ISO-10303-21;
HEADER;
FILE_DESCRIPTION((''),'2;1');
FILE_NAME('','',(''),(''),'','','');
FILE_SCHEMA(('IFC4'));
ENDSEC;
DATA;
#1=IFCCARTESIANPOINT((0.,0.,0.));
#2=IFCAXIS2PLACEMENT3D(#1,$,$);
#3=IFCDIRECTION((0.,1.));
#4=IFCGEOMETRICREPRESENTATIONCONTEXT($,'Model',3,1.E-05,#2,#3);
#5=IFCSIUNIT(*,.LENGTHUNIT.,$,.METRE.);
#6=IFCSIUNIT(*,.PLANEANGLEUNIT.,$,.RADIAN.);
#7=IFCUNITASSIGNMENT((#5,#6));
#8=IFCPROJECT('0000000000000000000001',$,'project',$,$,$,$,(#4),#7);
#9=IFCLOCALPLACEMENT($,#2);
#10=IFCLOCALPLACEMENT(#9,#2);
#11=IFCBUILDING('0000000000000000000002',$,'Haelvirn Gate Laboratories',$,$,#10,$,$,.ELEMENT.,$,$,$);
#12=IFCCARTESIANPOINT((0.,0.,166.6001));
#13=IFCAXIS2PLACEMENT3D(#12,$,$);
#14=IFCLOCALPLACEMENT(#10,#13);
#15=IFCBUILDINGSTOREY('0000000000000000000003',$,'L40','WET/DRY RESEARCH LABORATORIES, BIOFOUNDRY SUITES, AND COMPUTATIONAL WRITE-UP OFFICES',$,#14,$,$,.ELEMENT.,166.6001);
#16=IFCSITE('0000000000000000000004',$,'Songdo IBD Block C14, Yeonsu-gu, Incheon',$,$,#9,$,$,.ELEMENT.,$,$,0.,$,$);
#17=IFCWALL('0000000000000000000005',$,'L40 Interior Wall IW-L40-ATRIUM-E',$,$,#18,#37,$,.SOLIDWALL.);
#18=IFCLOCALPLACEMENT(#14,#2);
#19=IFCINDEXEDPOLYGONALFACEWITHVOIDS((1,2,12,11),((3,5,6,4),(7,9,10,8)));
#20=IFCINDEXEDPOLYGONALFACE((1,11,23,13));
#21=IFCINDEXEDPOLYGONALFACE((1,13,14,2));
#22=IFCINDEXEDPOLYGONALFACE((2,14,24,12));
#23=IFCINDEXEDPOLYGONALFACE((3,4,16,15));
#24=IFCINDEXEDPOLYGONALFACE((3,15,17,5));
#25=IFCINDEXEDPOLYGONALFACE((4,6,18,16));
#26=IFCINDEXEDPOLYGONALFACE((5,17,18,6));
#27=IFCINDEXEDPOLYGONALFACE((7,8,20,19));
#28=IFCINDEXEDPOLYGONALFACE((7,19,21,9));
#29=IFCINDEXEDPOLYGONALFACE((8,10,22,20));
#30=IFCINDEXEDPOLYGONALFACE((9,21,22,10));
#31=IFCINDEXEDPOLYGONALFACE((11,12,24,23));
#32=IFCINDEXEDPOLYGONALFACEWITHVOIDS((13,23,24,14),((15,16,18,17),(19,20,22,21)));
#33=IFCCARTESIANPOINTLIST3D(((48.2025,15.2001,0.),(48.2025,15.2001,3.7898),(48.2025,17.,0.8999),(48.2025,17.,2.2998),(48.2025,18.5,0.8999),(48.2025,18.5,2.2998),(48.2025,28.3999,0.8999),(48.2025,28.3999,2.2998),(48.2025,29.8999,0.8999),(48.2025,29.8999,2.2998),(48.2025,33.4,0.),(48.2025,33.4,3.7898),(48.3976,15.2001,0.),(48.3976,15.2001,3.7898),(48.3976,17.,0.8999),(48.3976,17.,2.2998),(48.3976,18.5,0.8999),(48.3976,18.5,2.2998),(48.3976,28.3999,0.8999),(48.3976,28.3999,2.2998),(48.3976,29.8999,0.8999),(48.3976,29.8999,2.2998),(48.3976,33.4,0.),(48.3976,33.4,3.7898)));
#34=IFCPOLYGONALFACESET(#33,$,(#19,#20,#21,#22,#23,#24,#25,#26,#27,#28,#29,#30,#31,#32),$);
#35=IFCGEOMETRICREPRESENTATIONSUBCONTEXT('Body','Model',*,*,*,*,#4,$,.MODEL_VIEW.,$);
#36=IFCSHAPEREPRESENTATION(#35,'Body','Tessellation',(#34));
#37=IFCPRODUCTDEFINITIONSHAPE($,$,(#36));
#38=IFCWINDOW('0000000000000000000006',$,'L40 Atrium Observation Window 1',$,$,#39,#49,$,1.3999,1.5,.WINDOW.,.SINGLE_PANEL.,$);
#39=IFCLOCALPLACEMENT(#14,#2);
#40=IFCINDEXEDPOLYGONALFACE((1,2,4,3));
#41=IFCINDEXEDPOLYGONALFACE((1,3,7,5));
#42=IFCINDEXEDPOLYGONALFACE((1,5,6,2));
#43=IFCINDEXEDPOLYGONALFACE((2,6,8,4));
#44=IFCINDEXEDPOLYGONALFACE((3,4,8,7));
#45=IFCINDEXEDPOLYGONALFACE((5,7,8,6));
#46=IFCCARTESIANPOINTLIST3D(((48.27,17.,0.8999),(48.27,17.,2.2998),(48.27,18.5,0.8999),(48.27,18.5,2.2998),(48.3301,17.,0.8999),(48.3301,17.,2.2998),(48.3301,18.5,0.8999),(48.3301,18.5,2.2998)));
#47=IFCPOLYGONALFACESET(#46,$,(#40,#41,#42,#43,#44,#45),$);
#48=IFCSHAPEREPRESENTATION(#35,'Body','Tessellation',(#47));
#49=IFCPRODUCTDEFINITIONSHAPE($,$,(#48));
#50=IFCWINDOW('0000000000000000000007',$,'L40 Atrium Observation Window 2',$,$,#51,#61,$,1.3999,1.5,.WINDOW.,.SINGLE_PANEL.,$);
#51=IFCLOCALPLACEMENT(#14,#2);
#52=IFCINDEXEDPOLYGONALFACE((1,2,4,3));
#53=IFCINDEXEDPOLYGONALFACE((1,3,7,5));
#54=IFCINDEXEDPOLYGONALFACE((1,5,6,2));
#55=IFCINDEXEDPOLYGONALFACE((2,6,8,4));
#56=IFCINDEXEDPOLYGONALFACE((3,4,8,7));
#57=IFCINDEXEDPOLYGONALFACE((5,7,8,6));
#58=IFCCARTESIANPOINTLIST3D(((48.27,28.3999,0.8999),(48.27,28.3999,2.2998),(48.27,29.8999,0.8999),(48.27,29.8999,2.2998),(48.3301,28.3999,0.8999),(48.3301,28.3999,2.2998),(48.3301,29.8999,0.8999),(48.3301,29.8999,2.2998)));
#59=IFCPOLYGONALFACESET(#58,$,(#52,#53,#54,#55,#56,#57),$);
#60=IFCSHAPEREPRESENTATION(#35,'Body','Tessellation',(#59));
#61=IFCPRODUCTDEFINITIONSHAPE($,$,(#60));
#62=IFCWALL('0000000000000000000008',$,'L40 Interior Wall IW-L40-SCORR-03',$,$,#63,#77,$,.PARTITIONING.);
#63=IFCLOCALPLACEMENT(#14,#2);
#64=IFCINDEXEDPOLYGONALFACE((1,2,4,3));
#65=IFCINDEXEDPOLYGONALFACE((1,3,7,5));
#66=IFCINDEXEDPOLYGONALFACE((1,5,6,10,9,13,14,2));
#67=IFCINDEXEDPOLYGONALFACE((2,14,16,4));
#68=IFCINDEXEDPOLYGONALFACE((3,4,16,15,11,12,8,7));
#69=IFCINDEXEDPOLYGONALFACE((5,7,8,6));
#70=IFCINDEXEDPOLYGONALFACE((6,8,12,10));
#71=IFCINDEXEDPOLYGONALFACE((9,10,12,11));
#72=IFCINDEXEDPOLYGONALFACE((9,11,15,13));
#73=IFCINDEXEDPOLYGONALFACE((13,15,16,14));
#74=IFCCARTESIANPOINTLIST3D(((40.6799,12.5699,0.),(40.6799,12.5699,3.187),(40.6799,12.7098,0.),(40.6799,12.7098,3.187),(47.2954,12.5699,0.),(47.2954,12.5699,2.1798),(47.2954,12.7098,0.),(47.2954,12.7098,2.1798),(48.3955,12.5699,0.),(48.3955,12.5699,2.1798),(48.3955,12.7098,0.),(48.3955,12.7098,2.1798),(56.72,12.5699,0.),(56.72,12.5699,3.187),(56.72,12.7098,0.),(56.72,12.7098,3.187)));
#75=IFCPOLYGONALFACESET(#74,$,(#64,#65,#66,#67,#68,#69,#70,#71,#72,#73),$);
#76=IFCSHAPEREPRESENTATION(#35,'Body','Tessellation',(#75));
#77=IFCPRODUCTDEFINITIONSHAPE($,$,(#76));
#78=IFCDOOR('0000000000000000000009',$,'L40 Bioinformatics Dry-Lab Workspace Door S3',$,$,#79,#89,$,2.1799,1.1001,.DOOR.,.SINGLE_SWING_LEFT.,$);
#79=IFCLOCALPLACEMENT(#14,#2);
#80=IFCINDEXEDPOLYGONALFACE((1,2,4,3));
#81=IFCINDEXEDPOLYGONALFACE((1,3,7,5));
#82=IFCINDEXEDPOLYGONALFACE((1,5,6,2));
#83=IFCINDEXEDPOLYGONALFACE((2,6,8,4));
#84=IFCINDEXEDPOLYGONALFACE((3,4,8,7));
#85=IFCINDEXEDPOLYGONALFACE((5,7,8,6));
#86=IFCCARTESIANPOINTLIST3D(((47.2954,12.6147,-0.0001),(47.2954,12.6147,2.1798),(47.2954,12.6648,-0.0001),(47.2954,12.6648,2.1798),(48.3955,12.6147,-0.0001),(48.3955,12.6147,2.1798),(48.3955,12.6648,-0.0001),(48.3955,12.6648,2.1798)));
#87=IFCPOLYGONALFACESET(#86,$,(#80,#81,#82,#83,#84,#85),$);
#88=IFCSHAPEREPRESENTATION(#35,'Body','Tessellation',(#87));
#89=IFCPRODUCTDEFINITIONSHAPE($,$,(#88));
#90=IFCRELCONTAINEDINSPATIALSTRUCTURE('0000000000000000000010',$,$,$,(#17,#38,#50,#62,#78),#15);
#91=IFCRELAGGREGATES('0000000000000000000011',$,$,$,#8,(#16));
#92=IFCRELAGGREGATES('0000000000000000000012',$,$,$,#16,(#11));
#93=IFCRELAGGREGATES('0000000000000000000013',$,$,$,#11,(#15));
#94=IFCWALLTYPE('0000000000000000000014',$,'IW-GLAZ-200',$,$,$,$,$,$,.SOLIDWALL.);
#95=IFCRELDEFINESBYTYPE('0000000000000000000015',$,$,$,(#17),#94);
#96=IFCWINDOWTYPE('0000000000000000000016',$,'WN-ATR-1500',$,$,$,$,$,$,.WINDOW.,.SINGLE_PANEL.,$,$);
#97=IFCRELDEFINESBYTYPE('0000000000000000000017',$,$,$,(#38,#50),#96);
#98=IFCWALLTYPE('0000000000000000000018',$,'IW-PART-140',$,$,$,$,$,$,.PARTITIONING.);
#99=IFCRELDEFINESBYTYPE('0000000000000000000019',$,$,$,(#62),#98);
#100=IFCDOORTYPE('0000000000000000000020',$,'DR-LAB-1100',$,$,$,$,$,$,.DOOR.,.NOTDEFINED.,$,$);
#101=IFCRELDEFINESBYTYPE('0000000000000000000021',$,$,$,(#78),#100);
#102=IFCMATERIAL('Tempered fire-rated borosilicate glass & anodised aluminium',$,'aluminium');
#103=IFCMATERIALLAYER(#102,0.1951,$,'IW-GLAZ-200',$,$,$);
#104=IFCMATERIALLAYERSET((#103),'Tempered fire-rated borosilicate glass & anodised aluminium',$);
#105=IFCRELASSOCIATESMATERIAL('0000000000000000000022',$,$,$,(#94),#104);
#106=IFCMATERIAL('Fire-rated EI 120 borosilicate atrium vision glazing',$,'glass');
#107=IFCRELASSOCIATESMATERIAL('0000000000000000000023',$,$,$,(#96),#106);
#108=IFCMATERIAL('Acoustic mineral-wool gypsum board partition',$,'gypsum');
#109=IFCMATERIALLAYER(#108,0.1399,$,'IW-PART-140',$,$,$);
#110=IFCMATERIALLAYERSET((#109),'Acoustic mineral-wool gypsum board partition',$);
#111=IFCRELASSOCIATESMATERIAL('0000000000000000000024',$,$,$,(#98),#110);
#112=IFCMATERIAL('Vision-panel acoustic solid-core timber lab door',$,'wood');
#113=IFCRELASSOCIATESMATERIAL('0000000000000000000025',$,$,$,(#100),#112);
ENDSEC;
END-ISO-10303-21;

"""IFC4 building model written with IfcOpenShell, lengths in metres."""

from ifc_helpers import new_model, si_unit, direction, frame, frame_2d, origin, place, context, subcontext, project, spatial, rectangle, extrude, source, transform, mapped, material, layer, layer_set, type_object, type_shapes, element, fill, save


model = new_model("IFC4")

# Units and contexts
model_context = context("Model", 3, precision=1e-05, world=origin(), true_north=direction((0.0, 1.0)))
body_context = subcontext(model_context, "Body", "Model", "MODEL_VIEW")
ifc_project = project(units=[si_unit("LENGTHUNIT", "METRE"), si_unit("PLANEANGLEUNIT", "RADIAN")], contexts=[model_context])

# Site, building, storey
site_placement = place(None, origin())
site = spatial("IfcSite", under=ifc_project, at=site_placement, Name="Songdo IBD Block C14, Yeonsu-gu, Incheon", CompositionType="ELEMENT", RefElevation=0.0)
building_placement = place(site_placement, origin())
building = spatial("IfcBuilding", under=site, at=building_placement, Name="Haelvirn Gate Laboratories", CompositionType="ELEMENT")
storey_placement = place(building_placement, frame((0.0, 0.0, 166.6001)))
storey = spatial("IfcBuildingStorey", under=building, at=storey_placement, Name="L40", Description="WET/DRY RESEARCH LABORATORIES, BIOFOUNDRY SUITES, AND COMPUTATIONAL WRITE-UP OFFICES", CompositionType="ELEMENT", Elevation=166.6001)

# Wall, openings, windows
ifc_material_1 = material(Name="Tempered fire-rated borosilicate glass & anodised aluminium", Category="aluminium")
ifc_layer_1 = layer(ifc_material_1, 0.1951, Name="IW-GLAZ-200")
ifc_layer_set_1 = layer_set([ifc_layer_1], Name="Tempered fire-rated borosilicate glass & anodised aluminium")
wall_type_1 = type_object("IfcWallType", Name="IW-GLAZ-200", PredefinedType="SOLIDWALL", material=ifc_layer_set_1)
wall_1_placement = place(storey_placement, frame((48.3, 15.2, 0.0), z_axis=(0.0, 0.0, 1.0), x_axis=(0.0, 1.0, 0.0)))
wall_1 = element("IfcWall", 1, at=wall_1_placement, inside=storey, type_object=wall_type_1, Name="L40 Interior Wall IW-L40-ATRIUM-E", PredefinedType="SOLIDWALL", context=body_context, shape_type="SweptSolid", body=[
    extrude(rectangle(XDim=18.2, YDim=0.1951, at=frame_2d((9.1001, 0.0))), origin(), (0.0, 0.0, 1.0), 3.7898),
])
opening_1_placement = place(wall_1_placement, frame((1.8, 0.0, 0.8999)))
opening_1 = element("IfcOpeningElement", 2, at=opening_1_placement, cuts=wall_1, PredefinedType="OPENING", context=body_context, shape_type="SweptSolid", body=[
    extrude(rectangle(XDim=1.5, YDim=1.3999, at=frame_2d((0.75, 0.7))), frame((0.0, 0.1074, 0.0), z_axis=(0.0, -1.0, 0.0), x_axis=(1.0, 0.0, 0.0)), (0.0, 0.0, 1.0), 0.2151),
])
opening_2_placement = place(wall_1_placement, frame((13.2, 0.0, 0.8999)))
opening_2 = element("IfcOpeningElement", 3, at=opening_2_placement, cuts=wall_1, PredefinedType="OPENING", context=body_context, shape_type="SweptSolid", body=[
    extrude(rectangle(XDim=1.5, YDim=1.3999, at=frame_2d((0.75, 0.7))), frame((0.0, 0.1074, 0.0), z_axis=(0.0, -1.0, 0.0), x_axis=(1.0, 0.0, 0.0)), (0.0, 0.0, 1.0), 0.2151),
])
ifc_material_2 = material(Name="Fire-rated EI 120 borosilicate atrium vision glazing", Category="glass")
window_type = type_object("IfcWindowType", Name="WN-ATR-1500", PartitioningType="SINGLE_PANEL", PredefinedType="WINDOW", material=ifc_material_2)
shared_shape_1 = source(origin(), body_context, "Body", "SweptSolid", [
    extrude(rectangle(XDim=1.5, YDim=1.3999, at=frame_2d((0.75, 0.7))), frame((0.0, 0.03, 0.0), z_axis=(0.0, -1.0, 0.0), x_axis=(1.0, 0.0, 0.0)), (0.0, 0.0, 1.0), 0.0601),
])
type_shapes(window_type, [shared_shape_1])
window_1_placement = place(opening_1_placement, origin())
window_1 = element("IfcWindow", 4, at=window_1_placement, inside=storey, type_object=window_type, Name="L40 Atrium Observation Window 1", OverallHeight=1.3999, OverallWidth=1.5, PartitioningType="SINGLE_PANEL", PredefinedType="WINDOW", context=body_context, shape_type="MappedRepresentation", body=[
    mapped(shared_shape_1, transform((0.0, 0.0, 0.0), scale=1.0)),
])
fill(opening_1, window_1)
window_2_placement = place(opening_2_placement, origin())
window_2 = element("IfcWindow", 5, at=window_2_placement, inside=storey, type_object=window_type, Name="L40 Atrium Observation Window 2", OverallHeight=1.3999, OverallWidth=1.5, PartitioningType="SINGLE_PANEL", PredefinedType="WINDOW", context=body_context, shape_type="MappedRepresentation", body=[
    mapped(shared_shape_1, transform((0.0, 0.0, 0.0), scale=1.0)),
])
fill(opening_2, window_2)

# Wall, opening, door
ifc_material_3 = material(Name="Acoustic mineral-wool gypsum board partition", Category="gypsum")
ifc_layer_2 = layer(ifc_material_3, 0.1399, Name="IW-PART-140")
ifc_layer_set_2 = layer_set([ifc_layer_2], Name="Acoustic mineral-wool gypsum board partition")
wall_type_2 = type_object("IfcWallType", Name="IW-PART-140", PredefinedType="PARTITIONING", material=ifc_layer_set_2)
wall_2_placement = place(storey_placement, frame((40.6799, 12.6399, 0.0), z_axis=(0.0, 0.0, 1.0), x_axis=(1.0, 0.0, 0.0)))
wall_2 = element("IfcWall", 6, at=wall_2_placement, inside=storey, type_object=wall_type_2, Name="L40 Interior Wall IW-L40-SCORR-03", PredefinedType="PARTITIONING", context=body_context, shape_type="SweptSolid", body=[
    extrude(rectangle(XDim=16.04, YDim=0.1399, at=frame_2d((8.02, 0.0))), origin(), (0.0, 0.0, 1.0), 3.187),
])
opening_3_placement = place(wall_2_placement, frame((6.6155, 0.0, 0.0)))
opening_3 = element("IfcOpeningElement", 7, at=opening_3_placement, cuts=wall_2, PredefinedType="OPENING", context=body_context, shape_type="SweptSolid", body=[
    extrude(rectangle(XDim=1.1001, YDim=2.1799, at=frame_2d((0.55, 1.0898))), frame((0.0, 0.0801, 0.0), z_axis=(0.0, -1.0, 0.0), x_axis=(1.0, 0.0, 0.0)), (0.0, 0.0, 1.0), 0.1599),
])
ifc_material_4 = material(Name="Vision-panel acoustic solid-core timber lab door", Category="wood")
door_type_1 = type_object("IfcDoorType", Name="DR-LAB-1100", OperationType="NOTDEFINED", PredefinedType="DOOR", material=ifc_material_4)
shared_shape_2 = source(origin(), body_context, "Body", "SweptSolid", [
    extrude(rectangle(XDim=1.1001, YDim=2.1799, at=frame_2d((0.55, 1.0898))), frame((0.0, 0.0249, 0.0), z_axis=(0.0, -1.0, 0.0), x_axis=(1.0, 0.0, 0.0)), (0.0, 0.0, 1.0), 0.05),
])
type_shapes(door_type_1, [shared_shape_2])
door_1_placement = place(opening_3_placement, origin())
door_1 = element("IfcDoor", 8, at=door_1_placement, inside=storey, type_object=door_type_1, Name="L40 Bioinformatics Dry-Lab Workspace Door S3", OperationType="SINGLE_SWING_LEFT", OverallHeight=2.1799, OverallWidth=1.1001, PredefinedType="DOOR", context=body_context, shape_type="MappedRepresentation", body=[
    mapped(shared_shape_2, transform((0.0, 0.0, 0.0), scale=1.0)),
])
fill(opening_3, door_1)

save(model, "model.ifc")
